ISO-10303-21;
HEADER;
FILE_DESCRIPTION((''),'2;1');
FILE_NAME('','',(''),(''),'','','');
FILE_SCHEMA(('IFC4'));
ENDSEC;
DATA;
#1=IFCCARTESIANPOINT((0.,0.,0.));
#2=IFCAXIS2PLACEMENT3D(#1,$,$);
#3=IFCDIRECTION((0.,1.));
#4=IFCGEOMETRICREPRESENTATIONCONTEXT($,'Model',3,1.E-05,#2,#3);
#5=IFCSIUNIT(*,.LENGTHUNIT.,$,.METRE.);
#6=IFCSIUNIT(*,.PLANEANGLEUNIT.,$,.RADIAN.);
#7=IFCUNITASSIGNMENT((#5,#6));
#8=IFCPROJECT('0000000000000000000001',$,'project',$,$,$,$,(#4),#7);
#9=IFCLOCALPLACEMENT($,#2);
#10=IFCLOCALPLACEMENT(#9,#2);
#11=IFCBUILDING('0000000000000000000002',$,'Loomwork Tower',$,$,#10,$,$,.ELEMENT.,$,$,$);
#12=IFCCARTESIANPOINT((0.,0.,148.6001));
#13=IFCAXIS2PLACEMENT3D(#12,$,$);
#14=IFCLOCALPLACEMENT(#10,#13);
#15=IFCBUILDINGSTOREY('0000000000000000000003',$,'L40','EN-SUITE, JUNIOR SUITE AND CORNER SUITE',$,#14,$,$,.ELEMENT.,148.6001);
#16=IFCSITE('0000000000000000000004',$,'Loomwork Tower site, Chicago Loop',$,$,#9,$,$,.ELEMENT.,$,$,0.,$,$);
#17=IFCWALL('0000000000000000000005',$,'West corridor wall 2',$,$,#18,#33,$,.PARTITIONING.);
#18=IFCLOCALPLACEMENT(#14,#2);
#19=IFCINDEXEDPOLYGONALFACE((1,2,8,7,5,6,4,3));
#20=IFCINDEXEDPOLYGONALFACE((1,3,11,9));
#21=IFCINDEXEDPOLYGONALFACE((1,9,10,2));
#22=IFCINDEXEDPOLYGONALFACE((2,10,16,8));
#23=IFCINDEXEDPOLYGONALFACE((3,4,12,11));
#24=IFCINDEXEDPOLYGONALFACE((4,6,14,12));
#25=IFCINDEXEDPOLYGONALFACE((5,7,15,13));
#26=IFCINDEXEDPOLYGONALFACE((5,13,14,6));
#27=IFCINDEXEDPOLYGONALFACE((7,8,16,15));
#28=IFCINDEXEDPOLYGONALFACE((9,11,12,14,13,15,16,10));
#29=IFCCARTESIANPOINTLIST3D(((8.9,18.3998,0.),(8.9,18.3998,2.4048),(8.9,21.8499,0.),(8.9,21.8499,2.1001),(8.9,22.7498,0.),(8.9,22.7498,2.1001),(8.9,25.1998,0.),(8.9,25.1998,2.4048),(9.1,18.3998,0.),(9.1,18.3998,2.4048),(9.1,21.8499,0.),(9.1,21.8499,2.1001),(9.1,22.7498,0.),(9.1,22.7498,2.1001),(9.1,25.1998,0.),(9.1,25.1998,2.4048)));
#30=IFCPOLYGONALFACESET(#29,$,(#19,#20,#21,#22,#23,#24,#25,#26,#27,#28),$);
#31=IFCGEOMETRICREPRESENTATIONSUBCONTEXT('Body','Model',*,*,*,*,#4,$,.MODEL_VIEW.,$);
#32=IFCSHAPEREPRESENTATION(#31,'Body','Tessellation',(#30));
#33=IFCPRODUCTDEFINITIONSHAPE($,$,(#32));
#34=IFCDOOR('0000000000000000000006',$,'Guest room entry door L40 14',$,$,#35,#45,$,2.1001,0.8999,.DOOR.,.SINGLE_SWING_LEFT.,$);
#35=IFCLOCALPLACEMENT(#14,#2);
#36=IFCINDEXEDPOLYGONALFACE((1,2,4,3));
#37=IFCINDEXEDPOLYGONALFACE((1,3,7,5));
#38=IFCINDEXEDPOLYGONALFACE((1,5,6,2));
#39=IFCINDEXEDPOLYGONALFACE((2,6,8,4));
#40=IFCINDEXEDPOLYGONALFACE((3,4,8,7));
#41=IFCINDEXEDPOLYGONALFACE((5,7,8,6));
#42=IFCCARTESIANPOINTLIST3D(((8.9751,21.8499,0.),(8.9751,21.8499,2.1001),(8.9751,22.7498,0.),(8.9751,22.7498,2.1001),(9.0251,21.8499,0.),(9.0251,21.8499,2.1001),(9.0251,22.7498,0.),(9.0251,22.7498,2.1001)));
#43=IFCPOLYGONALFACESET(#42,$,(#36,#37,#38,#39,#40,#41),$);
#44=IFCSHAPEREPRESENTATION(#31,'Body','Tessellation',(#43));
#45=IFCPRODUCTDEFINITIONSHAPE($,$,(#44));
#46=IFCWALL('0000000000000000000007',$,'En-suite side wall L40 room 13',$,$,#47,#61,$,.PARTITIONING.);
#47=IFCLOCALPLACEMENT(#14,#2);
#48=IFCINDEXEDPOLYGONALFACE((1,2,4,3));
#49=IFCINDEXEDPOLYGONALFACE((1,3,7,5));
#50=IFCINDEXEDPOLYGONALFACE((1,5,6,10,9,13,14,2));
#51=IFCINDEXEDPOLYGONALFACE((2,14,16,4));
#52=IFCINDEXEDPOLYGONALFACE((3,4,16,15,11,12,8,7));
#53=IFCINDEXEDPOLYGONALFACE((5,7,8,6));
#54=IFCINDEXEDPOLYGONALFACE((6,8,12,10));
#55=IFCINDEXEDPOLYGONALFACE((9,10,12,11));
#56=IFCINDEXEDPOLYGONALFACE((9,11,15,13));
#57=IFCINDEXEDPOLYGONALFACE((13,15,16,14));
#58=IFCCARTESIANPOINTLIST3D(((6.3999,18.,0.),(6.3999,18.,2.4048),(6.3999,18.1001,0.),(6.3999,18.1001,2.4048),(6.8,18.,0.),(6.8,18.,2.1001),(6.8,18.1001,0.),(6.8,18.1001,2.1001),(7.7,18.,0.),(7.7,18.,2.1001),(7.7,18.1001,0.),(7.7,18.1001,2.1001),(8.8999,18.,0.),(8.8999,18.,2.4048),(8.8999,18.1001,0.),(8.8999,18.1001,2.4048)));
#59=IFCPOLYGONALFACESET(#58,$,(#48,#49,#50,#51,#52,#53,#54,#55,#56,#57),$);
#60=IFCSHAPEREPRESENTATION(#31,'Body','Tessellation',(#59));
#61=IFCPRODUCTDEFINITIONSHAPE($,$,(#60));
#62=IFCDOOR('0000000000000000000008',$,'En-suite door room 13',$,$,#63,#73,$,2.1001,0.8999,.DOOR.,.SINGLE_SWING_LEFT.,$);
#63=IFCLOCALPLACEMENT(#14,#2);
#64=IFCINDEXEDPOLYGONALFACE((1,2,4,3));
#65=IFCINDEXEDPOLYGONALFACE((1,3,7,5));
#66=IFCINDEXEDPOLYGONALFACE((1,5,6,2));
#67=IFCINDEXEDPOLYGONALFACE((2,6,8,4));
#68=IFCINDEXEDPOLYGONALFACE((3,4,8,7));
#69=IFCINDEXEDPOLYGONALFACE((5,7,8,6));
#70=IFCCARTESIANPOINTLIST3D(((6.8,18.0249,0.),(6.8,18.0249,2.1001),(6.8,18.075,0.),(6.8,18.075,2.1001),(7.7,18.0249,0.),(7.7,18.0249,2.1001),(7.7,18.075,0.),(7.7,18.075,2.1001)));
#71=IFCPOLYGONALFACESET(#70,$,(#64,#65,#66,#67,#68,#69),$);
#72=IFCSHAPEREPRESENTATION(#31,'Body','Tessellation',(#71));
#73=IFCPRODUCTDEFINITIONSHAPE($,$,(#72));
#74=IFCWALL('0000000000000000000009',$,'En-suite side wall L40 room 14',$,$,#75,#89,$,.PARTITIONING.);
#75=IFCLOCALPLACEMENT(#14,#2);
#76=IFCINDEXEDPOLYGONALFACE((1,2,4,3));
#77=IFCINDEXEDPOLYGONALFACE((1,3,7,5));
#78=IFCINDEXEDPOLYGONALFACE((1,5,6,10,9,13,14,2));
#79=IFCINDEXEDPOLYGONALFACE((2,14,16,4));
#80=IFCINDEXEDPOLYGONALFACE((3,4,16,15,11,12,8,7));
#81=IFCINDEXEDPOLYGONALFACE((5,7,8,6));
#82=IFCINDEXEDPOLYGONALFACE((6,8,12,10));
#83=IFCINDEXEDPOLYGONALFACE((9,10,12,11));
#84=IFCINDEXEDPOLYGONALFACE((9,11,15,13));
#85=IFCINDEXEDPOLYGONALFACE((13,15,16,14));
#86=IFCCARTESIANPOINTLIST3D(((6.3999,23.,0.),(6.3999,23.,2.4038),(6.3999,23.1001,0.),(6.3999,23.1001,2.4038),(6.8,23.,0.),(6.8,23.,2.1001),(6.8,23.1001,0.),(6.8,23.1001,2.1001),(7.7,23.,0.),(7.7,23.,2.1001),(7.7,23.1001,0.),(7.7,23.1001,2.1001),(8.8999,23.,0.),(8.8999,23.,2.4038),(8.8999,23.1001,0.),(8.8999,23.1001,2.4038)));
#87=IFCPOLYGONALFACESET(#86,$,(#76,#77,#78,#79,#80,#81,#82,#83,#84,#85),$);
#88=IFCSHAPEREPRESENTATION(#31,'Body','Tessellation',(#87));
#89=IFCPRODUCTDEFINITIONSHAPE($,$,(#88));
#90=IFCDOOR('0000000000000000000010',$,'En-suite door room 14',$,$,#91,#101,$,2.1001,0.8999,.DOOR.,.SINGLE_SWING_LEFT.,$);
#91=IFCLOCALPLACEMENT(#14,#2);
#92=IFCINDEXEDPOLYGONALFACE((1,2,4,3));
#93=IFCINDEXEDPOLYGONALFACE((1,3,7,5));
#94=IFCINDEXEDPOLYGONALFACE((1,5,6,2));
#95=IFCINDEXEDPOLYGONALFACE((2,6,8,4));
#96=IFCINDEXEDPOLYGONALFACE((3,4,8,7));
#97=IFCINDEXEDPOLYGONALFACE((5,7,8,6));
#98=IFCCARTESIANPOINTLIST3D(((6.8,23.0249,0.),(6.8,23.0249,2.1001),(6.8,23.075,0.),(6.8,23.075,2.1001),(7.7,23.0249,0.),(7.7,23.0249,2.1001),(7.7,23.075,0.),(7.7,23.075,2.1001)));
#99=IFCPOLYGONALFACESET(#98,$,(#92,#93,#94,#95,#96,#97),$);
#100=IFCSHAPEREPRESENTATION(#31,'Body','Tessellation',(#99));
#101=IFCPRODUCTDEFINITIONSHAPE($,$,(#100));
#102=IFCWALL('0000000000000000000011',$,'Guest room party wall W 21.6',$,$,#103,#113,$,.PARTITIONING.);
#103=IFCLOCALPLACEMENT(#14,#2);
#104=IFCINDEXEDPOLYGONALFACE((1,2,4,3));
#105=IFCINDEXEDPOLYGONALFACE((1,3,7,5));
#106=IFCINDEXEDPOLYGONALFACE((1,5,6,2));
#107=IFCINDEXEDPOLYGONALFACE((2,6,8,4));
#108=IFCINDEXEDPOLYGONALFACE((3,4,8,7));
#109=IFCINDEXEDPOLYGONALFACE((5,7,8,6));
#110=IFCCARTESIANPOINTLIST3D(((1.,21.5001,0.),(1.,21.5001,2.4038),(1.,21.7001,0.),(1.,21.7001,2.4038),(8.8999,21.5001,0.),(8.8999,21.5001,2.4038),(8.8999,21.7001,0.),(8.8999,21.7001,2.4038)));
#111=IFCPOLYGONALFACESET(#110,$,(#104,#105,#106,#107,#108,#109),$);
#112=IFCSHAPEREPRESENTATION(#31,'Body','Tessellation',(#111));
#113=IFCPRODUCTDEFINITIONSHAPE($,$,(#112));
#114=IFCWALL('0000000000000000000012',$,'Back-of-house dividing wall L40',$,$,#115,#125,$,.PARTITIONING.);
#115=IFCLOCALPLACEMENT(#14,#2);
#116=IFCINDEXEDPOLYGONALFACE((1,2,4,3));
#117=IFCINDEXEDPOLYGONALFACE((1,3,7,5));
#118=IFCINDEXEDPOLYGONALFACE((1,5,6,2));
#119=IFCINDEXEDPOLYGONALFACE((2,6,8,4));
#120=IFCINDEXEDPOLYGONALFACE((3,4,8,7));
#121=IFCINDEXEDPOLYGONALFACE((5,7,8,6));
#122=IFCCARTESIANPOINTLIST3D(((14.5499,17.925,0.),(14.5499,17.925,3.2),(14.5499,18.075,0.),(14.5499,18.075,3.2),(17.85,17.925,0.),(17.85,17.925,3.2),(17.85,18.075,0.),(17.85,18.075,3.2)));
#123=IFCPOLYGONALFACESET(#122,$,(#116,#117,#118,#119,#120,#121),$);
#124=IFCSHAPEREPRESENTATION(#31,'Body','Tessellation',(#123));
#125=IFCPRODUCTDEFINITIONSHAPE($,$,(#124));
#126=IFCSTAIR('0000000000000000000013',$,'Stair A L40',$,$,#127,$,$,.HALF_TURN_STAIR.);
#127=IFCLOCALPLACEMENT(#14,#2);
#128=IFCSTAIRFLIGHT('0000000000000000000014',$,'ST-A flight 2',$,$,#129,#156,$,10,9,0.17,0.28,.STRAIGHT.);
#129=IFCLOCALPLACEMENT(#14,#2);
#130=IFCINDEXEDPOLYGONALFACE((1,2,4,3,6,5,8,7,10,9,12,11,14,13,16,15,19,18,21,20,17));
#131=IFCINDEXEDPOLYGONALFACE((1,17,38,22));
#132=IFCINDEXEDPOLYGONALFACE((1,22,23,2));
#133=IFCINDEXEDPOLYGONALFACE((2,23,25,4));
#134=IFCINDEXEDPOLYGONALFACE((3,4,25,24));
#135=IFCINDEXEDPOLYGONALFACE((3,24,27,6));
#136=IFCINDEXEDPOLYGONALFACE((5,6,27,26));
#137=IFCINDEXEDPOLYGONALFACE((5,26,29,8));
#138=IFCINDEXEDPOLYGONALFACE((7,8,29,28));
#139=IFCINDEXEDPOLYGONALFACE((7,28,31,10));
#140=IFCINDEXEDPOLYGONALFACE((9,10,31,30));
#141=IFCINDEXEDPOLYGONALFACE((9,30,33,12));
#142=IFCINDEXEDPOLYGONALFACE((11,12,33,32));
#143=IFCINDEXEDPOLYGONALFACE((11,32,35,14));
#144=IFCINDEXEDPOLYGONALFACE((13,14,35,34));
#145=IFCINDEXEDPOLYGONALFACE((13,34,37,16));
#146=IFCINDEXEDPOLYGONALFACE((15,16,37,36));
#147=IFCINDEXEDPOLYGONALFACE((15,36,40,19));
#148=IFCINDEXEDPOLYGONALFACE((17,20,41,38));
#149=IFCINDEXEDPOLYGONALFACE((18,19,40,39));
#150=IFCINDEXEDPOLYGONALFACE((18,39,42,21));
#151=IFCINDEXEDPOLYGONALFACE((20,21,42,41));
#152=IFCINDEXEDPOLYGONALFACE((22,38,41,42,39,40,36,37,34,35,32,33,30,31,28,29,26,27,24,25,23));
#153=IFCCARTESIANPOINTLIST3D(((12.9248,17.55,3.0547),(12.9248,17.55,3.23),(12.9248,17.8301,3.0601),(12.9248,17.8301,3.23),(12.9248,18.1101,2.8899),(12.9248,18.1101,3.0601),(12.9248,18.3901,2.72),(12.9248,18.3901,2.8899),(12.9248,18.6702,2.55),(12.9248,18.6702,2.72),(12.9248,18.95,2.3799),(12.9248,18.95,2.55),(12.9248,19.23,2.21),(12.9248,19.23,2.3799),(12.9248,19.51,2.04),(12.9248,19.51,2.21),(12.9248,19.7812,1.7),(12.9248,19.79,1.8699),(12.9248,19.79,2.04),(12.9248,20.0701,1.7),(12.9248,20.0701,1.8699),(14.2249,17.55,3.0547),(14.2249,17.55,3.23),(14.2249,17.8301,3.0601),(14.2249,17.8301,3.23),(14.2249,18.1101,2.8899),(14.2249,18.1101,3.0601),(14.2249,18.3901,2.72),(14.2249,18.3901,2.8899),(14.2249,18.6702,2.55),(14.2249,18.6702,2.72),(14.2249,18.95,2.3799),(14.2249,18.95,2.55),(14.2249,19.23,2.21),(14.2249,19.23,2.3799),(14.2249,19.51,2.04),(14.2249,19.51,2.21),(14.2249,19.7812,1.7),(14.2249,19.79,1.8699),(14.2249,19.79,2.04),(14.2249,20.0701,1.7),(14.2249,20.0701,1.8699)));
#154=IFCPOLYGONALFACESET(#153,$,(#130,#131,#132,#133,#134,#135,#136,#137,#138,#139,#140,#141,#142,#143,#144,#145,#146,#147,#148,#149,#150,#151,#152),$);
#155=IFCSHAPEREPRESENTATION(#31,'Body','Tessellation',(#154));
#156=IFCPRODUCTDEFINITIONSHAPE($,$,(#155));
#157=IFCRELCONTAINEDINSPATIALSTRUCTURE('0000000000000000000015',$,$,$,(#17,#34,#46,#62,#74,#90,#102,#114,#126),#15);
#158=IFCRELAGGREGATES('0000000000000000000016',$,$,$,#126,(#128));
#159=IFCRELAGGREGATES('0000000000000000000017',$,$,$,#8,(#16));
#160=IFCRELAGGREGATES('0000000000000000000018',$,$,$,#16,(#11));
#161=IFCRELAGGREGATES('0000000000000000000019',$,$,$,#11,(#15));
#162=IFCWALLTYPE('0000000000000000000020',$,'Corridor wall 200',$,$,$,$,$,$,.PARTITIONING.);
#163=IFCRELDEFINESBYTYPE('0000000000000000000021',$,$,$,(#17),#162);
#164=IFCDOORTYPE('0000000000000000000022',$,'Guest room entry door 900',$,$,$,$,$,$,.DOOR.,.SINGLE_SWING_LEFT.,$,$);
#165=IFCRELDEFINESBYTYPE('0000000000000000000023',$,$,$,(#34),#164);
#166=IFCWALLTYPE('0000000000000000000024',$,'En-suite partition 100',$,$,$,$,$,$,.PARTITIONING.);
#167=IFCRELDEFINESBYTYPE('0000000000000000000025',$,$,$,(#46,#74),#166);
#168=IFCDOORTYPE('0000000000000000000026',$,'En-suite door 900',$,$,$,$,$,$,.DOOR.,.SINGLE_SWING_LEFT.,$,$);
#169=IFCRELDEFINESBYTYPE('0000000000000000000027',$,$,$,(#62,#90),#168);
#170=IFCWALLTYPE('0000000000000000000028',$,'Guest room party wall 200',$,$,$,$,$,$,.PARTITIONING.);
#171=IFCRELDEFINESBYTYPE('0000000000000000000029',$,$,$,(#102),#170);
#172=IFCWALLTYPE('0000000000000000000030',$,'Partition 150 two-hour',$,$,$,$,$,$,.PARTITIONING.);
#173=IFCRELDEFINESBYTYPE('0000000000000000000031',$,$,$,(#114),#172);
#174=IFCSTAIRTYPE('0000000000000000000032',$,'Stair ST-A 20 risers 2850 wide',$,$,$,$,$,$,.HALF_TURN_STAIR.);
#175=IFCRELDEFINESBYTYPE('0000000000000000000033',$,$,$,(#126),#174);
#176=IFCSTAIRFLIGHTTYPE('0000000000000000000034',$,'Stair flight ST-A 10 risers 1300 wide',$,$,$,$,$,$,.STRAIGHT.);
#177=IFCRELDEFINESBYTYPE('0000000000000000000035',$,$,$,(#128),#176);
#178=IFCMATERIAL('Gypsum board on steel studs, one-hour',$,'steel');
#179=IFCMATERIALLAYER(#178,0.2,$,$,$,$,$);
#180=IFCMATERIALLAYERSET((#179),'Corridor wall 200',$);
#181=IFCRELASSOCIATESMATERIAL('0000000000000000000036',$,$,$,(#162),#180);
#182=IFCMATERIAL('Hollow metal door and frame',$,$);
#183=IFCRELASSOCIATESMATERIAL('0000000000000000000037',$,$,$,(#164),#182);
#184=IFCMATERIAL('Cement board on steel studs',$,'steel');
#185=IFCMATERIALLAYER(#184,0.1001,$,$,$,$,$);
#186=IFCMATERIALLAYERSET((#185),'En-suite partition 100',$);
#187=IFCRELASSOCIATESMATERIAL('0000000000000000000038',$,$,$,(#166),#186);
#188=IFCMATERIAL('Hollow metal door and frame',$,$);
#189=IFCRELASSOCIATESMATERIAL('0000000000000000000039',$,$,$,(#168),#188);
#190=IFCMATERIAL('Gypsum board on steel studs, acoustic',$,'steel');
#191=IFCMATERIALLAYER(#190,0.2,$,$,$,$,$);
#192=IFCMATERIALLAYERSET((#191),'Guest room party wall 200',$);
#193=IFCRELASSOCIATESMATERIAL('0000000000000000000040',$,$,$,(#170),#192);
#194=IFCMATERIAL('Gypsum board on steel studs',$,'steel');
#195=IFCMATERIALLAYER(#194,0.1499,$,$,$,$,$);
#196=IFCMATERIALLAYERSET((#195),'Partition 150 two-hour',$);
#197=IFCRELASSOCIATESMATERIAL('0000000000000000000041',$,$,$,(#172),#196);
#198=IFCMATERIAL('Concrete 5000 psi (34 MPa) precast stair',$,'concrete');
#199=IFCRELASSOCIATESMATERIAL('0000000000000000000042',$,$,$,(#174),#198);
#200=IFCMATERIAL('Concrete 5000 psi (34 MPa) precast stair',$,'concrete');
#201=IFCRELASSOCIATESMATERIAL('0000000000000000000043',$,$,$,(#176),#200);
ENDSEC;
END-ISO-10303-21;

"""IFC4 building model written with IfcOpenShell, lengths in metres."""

from ifc_helpers import new_model, si_unit, direction, frame, frame_2d, origin, place, context, subcontext, project, spatial, polyline, rectangle, outline, extrude, material, layer, layer_set, type_object, element, fill, aggregate, save


model = new_model("IFC4")

# Units and contexts
model_context = context("Model", 3, precision=1e-05, world=origin(), true_north=direction((0.0, 1.0)))
body_context = subcontext(model_context, "Body", "Model", "MODEL_VIEW")
ifc_project = project(units=[si_unit("LENGTHUNIT", "METRE"), si_unit("PLANEANGLEUNIT", "RADIAN")], contexts=[model_context])

# Site, building, storey
site_placement = place(None, origin())
site = spatial("IfcSite", under=ifc_project, at=site_placement, Name="Loomwork Tower site, Chicago Loop", CompositionType="ELEMENT", RefElevation=0.0)
building_placement = place(site_placement, origin())
building = spatial("IfcBuilding", under=site, at=building_placement, Name="Loomwork Tower", CompositionType="ELEMENT")
storey_placement = place(building_placement, frame((0.0, 0.0, 148.6001)))
storey = spatial("IfcBuildingStorey", under=building, at=storey_placement, Name="L40", Description="EN-SUITE, JUNIOR SUITE AND CORNER SUITE", CompositionType="ELEMENT", Elevation=148.6001)

# Walls, openings, doors
ifc_material_1 = material(Name="Gypsum board on steel studs, one-hour", Category="steel")
ifc_layer_1 = layer(ifc_material_1, 0.2)
ifc_layer_set_1 = layer_set([ifc_layer_1], Name="Corridor wall 200")
wall_type_1 = type_object("IfcWallType", Name="Corridor wall 200", PredefinedType="PARTITIONING", material=ifc_layer_set_1)
wall_1_placement = place(storey_placement, frame((9.0, 18.3999, 0.0), z_axis=(0.0, 0.0, 1.0), x_axis=(0.0, 1.0, 0.0)))
wall_1 = element("IfcWall", 1, at=wall_1_placement, inside=storey, type_object=wall_type_1, Name="West corridor wall 2", PredefinedType="PARTITIONING", context=body_context, shape_type="SweptSolid", body=[
    extrude(rectangle(XDim=6.8, YDim=0.2, at=frame_2d((3.3999, 0.0))), origin(), (0.0, 0.0, 1.0), 2.4048),
])
opening_1_placement = place(wall_1_placement, frame((3.45, 0.0, 0.0)))
opening_1 = element("IfcOpeningElement", 2, at=opening_1_placement, cuts=wall_1, PredefinedType="OPENING", context=body_context, shape_type="SweptSolid", body=[
    extrude(rectangle(XDim=0.8999, YDim=2.1001, at=frame_2d((0.45, 1.05))), frame((0.0, 0.1099, 0.0), z_axis=(0.0, -1.0, 0.0), x_axis=(1.0, 0.0, 0.0)), (0.0, 0.0, 1.0), 0.22),
])
ifc_material_2 = material(Name="Hollow metal door and frame")
door_type_1 = type_object("IfcDoorType", Name="Guest room entry door 900", OperationType="SINGLE_SWING_LEFT", PredefinedType="DOOR", material=ifc_material_2)
door_1_placement = place(opening_1_placement, origin())
door_1 = element("IfcDoor", 3, at=door_1_placement, inside=storey, type_object=door_type_1, Name="Guest room entry door L40 14", OperationType="SINGLE_SWING_LEFT", OverallHeight=2.1001, OverallWidth=0.8999, PredefinedType="DOOR", context=body_context, shape_type="SweptSolid", body=[
    extrude(rectangle(XDim=0.8999, YDim=2.1001, at=frame_2d((0.45, 1.05))), frame((0.0, 0.0249, 0.0), z_axis=(0.0, -1.0, 0.0), x_axis=(1.0, 0.0, 0.0)), (0.0, 0.0, 1.0), 0.05),
])
fill(opening_1, door_1)
ifc_material_3 = material(Name="Cement board on steel studs", Category="steel")
ifc_layer_2 = layer(ifc_material_3, 0.1001)
ifc_layer_set_2 = layer_set([ifc_layer_2], Name="En-suite partition 100")
wall_type_2 = type_object("IfcWallType", Name="En-suite partition 100", PredefinedType="PARTITIONING", material=ifc_layer_set_2)
wall_2_placement = place(storey_placement, frame((8.8999, 18.05, 0.0), z_axis=(0.0, 0.0, 1.0), x_axis=(-1.0, 0.0, 0.0)))
wall_2 = element("IfcWall", 4, at=wall_2_placement, inside=storey, type_object=wall_type_2, Name="En-suite side wall L40 room 13", PredefinedType="PARTITIONING", context=body_context, shape_type="SweptSolid", body=[
    extrude(rectangle(XDim=2.5, YDim=0.1001, at=frame_2d((1.25, 0.0))), origin(), (0.0, 0.0, 1.0), 2.4048),
])
opening_2_placement = place(wall_2_placement, frame((1.2, 0.0, 0.0)))
opening_2 = element("IfcOpeningElement", 5, at=opening_2_placement, cuts=wall_2, PredefinedType="OPENING", context=body_context, shape_type="SweptSolid", body=[
    extrude(rectangle(XDim=0.8999, YDim=2.1001, at=frame_2d((0.45, 1.05))), frame((0.0, 0.0601, 0.0), z_axis=(0.0, -1.0, 0.0), x_axis=(1.0, 0.0, 0.0)), (0.0, 0.0, 1.0), 0.1201),
])
ifc_material_4 = material(Name="Hollow metal door and frame")
door_type_2 = type_object("IfcDoorType", Name="En-suite door 900", OperationType="SINGLE_SWING_LEFT", PredefinedType="DOOR", material=ifc_material_4)
door_2_placement = place(opening_2_placement, frame((0.8999, 0.0, 0.0), z_axis=(0.0, 0.0, 1.0), x_axis=(-1.0, 0.0, 0.0)))
door_2 = element("IfcDoor", 6, at=door_2_placement, inside=storey, type_object=door_type_2, Name="En-suite door room 13", OperationType="SINGLE_SWING_LEFT", OverallHeight=2.1001, OverallWidth=0.8999, PredefinedType="DOOR", context=body_context, shape_type="SweptSolid", body=[
    extrude(rectangle(XDim=0.8999, YDim=2.1001, at=frame_2d((0.45, 1.05))), frame((0.0, 0.0249, 0.0), z_axis=(0.0, -1.0, 0.0), x_axis=(1.0, 0.0, 0.0)), (0.0, 0.0, 1.0), 0.05),
])
fill(opening_2, door_2)
wall_3_placement = place(storey_placement, frame((8.8999, 23.05, 0.0), z_axis=(0.0, 0.0, 1.0), x_axis=(-1.0, 0.0, 0.0)))
wall_3 = element("IfcWall", 7, at=wall_3_placement, inside=storey, type_object=wall_type_2, Name="En-suite side wall L40 room 14", PredefinedType="PARTITIONING", context=body_context, shape_type="SweptSolid", body=[
    extrude(rectangle(XDim=2.5, YDim=0.1001, at=frame_2d((1.25, 0.0))), origin(), (0.0, 0.0, 1.0), 2.4038),
])
opening_3_placement = place(wall_3_placement, frame((1.2, 0.0, 0.0)))
opening_3 = element("IfcOpeningElement", 8, at=opening_3_placement, cuts=wall_3, PredefinedType="OPENING", context=body_context, shape_type="SweptSolid", body=[
    extrude(rectangle(XDim=0.8999, YDim=2.1001, at=frame_2d((0.45, 1.05))), frame((0.0, 0.0601, 0.0), z_axis=(0.0, -1.0, 0.0), x_axis=(1.0, 0.0, 0.0)), (0.0, 0.0, 1.0), 0.1201),
])
door_3_placement = place(opening_3_placement, frame((0.8999, 0.0, 0.0), z_axis=(0.0, 0.0, 1.0), x_axis=(-1.0, 0.0, 0.0)))
door_3 = element("IfcDoor", 9, at=door_3_placement, inside=storey, type_object=door_type_2, Name="En-suite door room 14", OperationType="SINGLE_SWING_LEFT", OverallHeight=2.1001, OverallWidth=0.8999, PredefinedType="DOOR", context=body_context, shape_type="SweptSolid", body=[
    extrude(rectangle(XDim=0.8999, YDim=2.1001, at=frame_2d((0.45, 1.05))), frame((0.0, 0.0249, 0.0), z_axis=(0.0, -1.0, 0.0), x_axis=(1.0, 0.0, 0.0)), (0.0, 0.0, 1.0), 0.05),
])
fill(opening_3, door_3)

# Walls
ifc_material_5 = material(Name="Gypsum board on steel studs, acoustic", Category="steel")
ifc_layer_3 = layer(ifc_material_5, 0.2)
ifc_layer_set_3 = layer_set([ifc_layer_3], Name="Guest room party wall 200")
wall_type_3 = type_object("IfcWallType", Name="Guest room party wall 200", PredefinedType="PARTITIONING", material=ifc_layer_set_3)
wall_4_placement = place(storey_placement, frame((8.8999, 21.6001, 0.0), z_axis=(0.0, 0.0, 1.0), x_axis=(-1.0, 0.0, 0.0)))
element("IfcWall", 10, at=wall_4_placement, inside=storey, type_object=wall_type_3, Name="Guest room party wall W 21.6", PredefinedType="PARTITIONING", context=body_context, shape_type="SweptSolid", body=[
    extrude(rectangle(XDim=7.8999, YDim=0.2, at=frame_2d((3.95, 0.0))), origin(), (0.0, 0.0, 1.0), 2.4038),
])
ifc_material_6 = material(Name="Gypsum board on steel studs", Category="steel")
ifc_layer_4 = layer(ifc_material_6, 0.1499)
ifc_layer_set_4 = layer_set([ifc_layer_4], Name="Partition 150 two-hour")
wall_type_4 = type_object("IfcWallType", Name="Partition 150 two-hour", PredefinedType="PARTITIONING", material=ifc_layer_set_4)
wall_5_placement = place(storey_placement, frame((14.55, 18.0, 0.0), z_axis=(0.0, 0.0, 1.0), x_axis=(1.0, 0.0, 0.0)))
element("IfcWall", 11, at=wall_5_placement, inside=storey, type_object=wall_type_4, Name="Back-of-house dividing wall L40", PredefinedType="PARTITIONING", context=body_context, shape_type="SweptSolid", body=[
    extrude(rectangle(XDim=3.3, YDim=0.1499, at=frame_2d((1.6499, 0.0))), origin(), (0.0, 0.0, 1.0), 3.2),
])

# Stair, stair flight
ifc_material_7 = material(Name="Concrete 5000 psi (34 MPa) precast stair", Category="concrete")
stair_type = type_object("IfcStairType", Name="Stair ST-A 20 risers 2850 wide", PredefinedType="HALF_TURN_STAIR", material=ifc_material_7)
stair_placement = place(storey_placement, origin())
stair = element("IfcStair", 12, at=stair_placement, inside=storey, type_object=stair_type, Name="Stair A L40", PredefinedType="HALF_TURN_STAIR")
ifc_material_8 = material(Name="Concrete 5000 psi (34 MPa) precast stair", Category="concrete")
stair_flight_type = type_object("IfcStairFlightType", Name="Stair flight ST-A 10 risers 1300 wide", PredefinedType="STRAIGHT", material=ifc_material_8)
stair_flight_placement = place(storey_placement, frame((13.575, 20.0701, 1.7), z_axis=(0.0, 0.0, 1.0), x_axis=(0.0, -1.0, 0.0)))
stair_flight = element("IfcStairFlight", 13, at=stair_flight_placement, type_object=stair_flight_type, Name="ST-A flight 2", NumberOfRisers=10, NumberOfTreads=9, PredefinedType="STRAIGHT", RiserHeight=0.17, TreadLength=0.28, context=body_context, shape_type="SweptSolid", body=[
    extrude(outline(polyline([(0.0, 0.0), (0.0, 0.1699), (0.28, 0.1699), (0.28, 0.3401), (0.5601, 0.3401), (0.5601, 0.51), (0.8401, 0.51), (0.8401, 0.6799), (1.1201, 0.6799), (1.1201, 0.8501), (1.3999, 0.8501), (1.3999, 1.02), (1.6799, 1.02), (1.6799, 1.1899), (1.96, 1.1899), (1.96, 1.3601), (2.24, 1.3601), (2.24, 1.53), (2.52, 1.53), (2.52, 1.7), (2.52, 1.3547), (0.2888, 0.0), (0.0, 0.0)])), frame((0.0, 0.6499, 0.0), z_axis=(0.0, -1.0, 0.0), x_axis=(1.0, 0.0, 0.0)), (0.0, 0.0, 1.0), 1.3),
])
aggregate(stair, [stair_flight])

save(model, "model.ifc")
